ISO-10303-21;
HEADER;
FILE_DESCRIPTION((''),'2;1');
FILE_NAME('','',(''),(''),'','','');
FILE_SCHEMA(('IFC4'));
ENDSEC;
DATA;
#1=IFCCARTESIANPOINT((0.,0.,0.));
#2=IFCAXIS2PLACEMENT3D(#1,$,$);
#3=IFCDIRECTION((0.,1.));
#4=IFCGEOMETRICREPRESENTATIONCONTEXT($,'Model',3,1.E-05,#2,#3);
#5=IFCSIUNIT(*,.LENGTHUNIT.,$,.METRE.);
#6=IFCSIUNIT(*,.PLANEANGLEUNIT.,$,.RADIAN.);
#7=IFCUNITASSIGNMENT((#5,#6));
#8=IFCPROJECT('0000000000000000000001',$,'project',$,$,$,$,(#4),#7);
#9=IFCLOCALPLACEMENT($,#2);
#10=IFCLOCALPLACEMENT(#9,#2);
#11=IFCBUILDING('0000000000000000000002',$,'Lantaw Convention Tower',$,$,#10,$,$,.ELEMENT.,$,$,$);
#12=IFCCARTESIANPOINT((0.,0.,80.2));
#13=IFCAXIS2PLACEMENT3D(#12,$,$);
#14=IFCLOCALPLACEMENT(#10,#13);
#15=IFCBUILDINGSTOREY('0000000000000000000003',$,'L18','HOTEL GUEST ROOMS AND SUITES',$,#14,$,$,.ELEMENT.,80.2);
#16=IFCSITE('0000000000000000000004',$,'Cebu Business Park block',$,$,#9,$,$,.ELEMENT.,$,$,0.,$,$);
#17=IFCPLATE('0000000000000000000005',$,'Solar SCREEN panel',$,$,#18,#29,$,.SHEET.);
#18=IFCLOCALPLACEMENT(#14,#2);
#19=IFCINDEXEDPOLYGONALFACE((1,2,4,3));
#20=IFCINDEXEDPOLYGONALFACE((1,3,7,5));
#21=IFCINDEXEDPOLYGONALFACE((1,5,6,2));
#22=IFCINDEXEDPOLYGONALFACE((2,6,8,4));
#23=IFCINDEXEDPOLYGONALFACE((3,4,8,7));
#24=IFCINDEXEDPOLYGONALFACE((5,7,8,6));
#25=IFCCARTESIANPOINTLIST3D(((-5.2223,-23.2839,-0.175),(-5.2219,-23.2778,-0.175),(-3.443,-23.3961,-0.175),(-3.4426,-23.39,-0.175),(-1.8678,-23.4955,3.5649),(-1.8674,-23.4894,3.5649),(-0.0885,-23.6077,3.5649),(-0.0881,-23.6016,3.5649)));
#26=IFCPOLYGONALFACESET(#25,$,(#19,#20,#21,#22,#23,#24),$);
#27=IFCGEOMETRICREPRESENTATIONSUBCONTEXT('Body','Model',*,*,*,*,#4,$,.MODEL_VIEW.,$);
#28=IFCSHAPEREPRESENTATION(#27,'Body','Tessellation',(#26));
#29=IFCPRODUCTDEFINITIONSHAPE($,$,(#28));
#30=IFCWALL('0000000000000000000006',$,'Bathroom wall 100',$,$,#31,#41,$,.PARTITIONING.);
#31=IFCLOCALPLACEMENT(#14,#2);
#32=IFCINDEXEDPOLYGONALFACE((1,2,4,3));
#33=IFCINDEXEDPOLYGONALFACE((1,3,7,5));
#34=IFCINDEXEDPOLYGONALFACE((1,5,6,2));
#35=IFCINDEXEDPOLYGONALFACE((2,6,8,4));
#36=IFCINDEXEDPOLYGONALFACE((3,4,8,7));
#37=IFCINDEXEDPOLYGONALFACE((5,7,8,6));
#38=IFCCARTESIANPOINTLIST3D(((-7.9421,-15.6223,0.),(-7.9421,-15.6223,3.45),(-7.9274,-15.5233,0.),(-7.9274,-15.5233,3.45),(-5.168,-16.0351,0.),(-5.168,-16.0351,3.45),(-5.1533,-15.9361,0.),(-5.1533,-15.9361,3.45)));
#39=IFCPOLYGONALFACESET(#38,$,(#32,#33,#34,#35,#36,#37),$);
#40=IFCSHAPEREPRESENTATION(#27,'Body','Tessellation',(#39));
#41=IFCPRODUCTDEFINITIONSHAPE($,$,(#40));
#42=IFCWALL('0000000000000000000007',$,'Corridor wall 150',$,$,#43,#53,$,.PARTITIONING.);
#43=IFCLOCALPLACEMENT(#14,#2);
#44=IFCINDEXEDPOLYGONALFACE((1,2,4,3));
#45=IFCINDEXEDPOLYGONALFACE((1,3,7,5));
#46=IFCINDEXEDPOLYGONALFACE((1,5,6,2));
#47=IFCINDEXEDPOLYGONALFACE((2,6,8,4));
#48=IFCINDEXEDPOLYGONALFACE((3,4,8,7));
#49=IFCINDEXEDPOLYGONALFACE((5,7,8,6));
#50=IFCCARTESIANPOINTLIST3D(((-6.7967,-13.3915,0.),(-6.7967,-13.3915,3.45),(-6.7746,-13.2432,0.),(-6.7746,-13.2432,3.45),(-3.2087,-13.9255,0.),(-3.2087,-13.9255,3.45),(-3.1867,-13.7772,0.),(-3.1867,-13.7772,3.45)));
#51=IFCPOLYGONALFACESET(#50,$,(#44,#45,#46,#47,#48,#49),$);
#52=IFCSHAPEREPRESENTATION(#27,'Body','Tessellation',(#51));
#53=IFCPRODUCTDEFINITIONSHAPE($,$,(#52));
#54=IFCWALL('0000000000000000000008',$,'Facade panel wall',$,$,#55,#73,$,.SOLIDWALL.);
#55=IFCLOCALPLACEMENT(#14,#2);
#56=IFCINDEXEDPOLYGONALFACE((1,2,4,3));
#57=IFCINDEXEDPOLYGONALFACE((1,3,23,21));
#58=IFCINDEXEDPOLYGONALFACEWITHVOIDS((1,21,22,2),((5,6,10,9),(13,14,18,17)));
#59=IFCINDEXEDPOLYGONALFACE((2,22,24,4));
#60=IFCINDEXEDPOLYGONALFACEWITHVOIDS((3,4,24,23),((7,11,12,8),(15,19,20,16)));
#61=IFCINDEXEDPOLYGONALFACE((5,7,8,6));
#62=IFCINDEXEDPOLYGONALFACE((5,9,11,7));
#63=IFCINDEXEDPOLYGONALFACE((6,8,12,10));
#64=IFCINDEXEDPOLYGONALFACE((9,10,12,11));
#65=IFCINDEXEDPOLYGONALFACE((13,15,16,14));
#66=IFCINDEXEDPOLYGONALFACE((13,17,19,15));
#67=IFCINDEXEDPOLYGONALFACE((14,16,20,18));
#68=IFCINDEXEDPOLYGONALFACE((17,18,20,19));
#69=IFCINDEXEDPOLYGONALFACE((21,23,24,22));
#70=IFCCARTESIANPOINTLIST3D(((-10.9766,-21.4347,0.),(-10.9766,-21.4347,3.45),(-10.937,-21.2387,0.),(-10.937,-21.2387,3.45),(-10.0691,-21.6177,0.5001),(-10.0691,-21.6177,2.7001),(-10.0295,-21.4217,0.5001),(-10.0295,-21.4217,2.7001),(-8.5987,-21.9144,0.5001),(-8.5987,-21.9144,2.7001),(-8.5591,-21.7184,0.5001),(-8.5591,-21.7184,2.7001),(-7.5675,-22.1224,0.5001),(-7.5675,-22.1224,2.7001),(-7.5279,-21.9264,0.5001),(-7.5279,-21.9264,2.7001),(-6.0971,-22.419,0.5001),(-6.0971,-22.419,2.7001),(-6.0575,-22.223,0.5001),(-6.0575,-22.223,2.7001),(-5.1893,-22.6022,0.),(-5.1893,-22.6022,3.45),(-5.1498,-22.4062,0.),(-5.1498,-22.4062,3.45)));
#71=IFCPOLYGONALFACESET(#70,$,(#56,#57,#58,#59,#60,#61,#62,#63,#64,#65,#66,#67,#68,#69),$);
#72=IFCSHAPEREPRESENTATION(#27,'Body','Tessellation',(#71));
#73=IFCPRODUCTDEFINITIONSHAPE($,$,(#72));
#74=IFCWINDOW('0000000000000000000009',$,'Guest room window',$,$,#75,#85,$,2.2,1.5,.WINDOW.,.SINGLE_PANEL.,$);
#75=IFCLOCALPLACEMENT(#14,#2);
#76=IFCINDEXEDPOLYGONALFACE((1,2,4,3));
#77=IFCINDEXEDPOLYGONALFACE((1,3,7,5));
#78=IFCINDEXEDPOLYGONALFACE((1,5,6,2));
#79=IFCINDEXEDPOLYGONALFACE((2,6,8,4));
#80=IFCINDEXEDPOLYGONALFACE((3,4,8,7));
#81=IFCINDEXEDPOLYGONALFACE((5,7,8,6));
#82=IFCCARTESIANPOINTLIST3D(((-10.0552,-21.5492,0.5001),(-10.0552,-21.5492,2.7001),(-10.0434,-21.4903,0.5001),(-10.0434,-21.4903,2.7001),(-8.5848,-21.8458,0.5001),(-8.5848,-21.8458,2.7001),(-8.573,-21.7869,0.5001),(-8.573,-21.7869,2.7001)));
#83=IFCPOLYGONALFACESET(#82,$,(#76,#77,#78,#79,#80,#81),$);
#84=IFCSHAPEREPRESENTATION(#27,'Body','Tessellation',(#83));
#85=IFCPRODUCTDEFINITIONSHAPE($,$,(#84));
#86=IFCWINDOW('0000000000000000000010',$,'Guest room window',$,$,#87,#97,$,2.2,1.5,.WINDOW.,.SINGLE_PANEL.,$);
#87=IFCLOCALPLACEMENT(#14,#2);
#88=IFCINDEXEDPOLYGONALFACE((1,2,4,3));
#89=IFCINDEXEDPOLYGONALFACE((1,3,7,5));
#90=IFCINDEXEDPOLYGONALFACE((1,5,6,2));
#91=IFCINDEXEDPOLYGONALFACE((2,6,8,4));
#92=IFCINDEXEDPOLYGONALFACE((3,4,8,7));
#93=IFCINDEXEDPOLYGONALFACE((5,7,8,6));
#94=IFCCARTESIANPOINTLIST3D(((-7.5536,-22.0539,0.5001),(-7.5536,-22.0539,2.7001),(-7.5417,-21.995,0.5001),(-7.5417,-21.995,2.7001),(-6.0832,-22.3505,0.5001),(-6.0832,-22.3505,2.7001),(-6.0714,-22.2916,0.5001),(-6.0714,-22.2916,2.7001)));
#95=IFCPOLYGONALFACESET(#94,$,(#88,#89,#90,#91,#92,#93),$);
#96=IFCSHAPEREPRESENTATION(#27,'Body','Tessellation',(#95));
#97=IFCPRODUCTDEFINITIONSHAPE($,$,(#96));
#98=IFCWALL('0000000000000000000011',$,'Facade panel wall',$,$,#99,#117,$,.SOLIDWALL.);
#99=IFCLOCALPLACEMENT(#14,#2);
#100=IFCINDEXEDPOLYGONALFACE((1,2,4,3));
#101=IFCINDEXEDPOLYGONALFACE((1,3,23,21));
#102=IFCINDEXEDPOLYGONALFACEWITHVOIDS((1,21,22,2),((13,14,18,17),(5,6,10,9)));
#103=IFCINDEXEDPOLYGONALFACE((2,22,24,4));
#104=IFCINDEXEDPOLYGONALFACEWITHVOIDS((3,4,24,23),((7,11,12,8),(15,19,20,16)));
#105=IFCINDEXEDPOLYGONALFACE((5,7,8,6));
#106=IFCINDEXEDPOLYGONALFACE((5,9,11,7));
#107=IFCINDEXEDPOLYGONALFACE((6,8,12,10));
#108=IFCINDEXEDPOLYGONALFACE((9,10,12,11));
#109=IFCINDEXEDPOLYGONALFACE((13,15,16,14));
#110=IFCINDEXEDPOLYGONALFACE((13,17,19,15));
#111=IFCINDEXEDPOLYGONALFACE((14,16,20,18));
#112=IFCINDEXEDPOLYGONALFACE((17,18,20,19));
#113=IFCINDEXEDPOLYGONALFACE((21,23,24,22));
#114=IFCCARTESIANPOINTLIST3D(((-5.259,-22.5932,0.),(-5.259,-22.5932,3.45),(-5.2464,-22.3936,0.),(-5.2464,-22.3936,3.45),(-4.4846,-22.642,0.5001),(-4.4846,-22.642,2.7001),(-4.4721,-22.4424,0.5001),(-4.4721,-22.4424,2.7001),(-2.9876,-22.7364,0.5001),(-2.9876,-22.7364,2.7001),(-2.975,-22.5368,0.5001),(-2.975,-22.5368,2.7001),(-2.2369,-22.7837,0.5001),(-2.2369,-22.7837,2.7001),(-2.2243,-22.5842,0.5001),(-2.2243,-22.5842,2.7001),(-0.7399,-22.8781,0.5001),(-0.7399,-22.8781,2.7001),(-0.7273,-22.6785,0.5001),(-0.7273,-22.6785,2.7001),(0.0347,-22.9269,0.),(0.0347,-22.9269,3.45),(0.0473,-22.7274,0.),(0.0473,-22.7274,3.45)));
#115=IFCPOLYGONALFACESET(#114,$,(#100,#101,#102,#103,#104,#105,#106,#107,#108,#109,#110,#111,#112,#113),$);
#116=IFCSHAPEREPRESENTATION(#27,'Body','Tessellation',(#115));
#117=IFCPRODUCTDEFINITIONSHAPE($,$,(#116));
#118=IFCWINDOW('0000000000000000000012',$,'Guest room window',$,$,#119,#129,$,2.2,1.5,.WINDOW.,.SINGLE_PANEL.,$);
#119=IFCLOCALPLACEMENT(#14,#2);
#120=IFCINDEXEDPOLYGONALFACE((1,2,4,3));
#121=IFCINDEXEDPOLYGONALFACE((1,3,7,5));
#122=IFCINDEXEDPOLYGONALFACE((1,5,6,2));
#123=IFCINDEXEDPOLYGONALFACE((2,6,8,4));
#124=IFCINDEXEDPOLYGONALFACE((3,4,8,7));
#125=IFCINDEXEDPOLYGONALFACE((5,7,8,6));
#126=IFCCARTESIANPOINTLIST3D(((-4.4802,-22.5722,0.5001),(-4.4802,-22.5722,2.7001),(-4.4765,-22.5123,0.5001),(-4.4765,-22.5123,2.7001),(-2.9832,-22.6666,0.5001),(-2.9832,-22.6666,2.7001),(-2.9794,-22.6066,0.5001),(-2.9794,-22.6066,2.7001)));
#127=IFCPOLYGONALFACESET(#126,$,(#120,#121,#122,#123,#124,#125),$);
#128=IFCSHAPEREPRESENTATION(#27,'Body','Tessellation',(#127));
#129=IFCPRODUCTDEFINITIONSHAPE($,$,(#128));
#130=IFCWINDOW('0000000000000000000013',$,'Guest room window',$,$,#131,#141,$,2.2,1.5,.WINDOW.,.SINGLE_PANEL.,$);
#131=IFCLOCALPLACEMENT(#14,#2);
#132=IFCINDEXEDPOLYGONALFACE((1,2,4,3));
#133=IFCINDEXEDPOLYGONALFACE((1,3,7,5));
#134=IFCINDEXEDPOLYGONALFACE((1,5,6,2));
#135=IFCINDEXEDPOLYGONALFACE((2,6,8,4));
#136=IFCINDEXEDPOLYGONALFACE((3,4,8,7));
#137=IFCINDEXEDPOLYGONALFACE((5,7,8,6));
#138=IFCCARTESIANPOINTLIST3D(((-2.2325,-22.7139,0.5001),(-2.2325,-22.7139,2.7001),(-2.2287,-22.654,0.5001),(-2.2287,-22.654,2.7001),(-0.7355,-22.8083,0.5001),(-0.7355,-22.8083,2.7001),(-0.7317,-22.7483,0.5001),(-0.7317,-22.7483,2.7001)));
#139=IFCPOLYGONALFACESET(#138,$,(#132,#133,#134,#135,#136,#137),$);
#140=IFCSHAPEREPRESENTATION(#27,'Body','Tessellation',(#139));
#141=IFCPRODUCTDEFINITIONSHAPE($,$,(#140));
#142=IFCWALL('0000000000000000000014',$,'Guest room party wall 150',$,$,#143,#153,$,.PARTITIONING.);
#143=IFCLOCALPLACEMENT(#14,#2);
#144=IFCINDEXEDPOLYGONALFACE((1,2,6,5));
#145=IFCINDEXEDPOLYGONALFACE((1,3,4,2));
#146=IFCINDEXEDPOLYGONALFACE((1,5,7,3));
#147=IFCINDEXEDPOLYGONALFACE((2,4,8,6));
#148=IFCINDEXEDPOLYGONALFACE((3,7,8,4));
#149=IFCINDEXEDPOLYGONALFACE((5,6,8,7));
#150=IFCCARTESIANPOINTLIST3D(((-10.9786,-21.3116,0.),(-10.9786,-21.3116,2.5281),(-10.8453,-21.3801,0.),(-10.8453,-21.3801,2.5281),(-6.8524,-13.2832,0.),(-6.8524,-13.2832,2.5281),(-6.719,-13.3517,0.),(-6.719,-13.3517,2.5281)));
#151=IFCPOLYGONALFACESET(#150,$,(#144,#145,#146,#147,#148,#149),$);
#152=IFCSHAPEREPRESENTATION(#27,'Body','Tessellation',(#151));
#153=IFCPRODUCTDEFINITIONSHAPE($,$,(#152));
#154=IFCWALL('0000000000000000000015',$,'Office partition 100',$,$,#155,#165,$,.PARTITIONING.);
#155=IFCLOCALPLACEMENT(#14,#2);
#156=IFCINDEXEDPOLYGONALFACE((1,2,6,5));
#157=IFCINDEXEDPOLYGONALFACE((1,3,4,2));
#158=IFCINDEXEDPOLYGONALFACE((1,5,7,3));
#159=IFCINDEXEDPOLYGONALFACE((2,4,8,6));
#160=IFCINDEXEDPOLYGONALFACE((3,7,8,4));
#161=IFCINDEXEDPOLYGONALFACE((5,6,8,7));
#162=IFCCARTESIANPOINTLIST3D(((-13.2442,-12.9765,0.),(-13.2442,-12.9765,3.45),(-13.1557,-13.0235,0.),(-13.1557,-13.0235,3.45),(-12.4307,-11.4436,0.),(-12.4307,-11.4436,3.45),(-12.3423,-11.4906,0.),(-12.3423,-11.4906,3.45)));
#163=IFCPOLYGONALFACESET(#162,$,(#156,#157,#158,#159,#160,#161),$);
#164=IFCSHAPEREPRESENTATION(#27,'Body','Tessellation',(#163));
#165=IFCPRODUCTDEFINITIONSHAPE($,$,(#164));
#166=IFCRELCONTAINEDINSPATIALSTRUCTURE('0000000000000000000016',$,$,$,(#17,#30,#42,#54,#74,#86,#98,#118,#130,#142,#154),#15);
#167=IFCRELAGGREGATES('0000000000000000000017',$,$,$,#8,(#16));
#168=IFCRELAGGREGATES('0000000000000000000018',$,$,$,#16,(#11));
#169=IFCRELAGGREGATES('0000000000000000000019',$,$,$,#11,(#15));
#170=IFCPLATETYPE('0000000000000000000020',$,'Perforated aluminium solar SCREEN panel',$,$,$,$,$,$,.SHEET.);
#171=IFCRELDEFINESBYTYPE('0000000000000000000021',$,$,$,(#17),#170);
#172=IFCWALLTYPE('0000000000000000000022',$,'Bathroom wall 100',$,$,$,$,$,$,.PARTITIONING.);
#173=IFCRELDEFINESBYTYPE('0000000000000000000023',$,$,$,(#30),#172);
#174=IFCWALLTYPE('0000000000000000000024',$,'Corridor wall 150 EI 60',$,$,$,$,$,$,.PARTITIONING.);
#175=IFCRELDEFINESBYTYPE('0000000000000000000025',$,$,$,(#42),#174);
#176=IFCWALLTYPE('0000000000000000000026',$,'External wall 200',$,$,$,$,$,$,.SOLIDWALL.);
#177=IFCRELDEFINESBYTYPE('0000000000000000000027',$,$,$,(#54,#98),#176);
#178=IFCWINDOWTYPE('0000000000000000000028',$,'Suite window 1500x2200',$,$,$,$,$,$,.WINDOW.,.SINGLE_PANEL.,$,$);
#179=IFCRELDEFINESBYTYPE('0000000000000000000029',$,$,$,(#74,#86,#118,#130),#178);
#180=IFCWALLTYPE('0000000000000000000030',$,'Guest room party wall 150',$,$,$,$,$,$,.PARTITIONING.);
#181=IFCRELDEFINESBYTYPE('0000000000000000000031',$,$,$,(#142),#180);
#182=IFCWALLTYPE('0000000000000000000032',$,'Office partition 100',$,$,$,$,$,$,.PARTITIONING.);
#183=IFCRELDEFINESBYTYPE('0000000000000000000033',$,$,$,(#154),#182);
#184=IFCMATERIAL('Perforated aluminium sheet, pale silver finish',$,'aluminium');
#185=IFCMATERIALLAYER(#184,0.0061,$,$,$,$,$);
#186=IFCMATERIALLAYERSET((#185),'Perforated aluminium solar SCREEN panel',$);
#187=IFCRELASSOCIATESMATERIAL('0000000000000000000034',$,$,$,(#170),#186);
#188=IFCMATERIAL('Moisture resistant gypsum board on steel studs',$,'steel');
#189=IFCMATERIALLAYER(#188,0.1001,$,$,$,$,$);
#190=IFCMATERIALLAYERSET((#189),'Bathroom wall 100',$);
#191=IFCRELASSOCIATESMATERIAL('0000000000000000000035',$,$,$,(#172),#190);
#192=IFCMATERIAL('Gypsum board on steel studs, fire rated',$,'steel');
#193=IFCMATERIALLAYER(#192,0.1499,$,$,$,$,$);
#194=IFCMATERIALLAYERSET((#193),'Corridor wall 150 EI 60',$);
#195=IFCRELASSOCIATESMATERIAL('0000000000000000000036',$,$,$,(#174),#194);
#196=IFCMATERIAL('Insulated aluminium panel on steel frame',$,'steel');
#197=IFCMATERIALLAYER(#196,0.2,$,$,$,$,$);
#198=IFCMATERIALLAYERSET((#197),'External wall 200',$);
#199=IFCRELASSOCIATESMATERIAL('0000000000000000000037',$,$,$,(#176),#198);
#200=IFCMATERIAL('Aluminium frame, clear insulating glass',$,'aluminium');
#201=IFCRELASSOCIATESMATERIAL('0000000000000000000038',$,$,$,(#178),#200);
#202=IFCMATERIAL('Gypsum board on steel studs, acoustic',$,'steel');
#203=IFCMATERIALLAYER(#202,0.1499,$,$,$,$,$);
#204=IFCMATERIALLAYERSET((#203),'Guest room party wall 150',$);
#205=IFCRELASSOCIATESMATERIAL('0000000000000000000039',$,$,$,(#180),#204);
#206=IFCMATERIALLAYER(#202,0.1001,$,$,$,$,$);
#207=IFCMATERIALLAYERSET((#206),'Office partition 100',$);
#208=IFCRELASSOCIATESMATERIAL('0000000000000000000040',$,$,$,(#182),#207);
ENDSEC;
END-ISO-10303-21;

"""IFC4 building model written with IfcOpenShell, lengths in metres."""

from ifc_helpers import new_model, si_unit, direction, frame, frame_2d, origin, place, context, subcontext, project, spatial, polyline, rectangle, outline, extrude, material, layer, layer_set, type_object, element, fill, save


model = new_model("IFC4")

# Units and contexts
model_context = context("Model", 3, precision=1e-05, world=origin(), true_north=direction((0.0, 1.0)))
body_context = subcontext(model_context, "Body", "Model", "MODEL_VIEW")
ifc_project = project(units=[si_unit("LENGTHUNIT", "METRE"), si_unit("PLANEANGLEUNIT", "RADIAN")], contexts=[model_context])

# Site, building, storey
site_placement = place(None, origin())
site = spatial("IfcSite", under=ifc_project, at=site_placement, Name="Cebu Business Park block", CompositionType="ELEMENT", RefElevation=0.0)
building_placement = place(site_placement, origin())
building = spatial("IfcBuilding", under=site, at=building_placement, Name="Lantaw Convention Tower", CompositionType="ELEMENT")
storey_placement = place(building_placement, frame((0.0, 0.0, 80.2)))
storey = spatial("IfcBuildingStorey", under=building, at=storey_placement, Name="L18", Description="HOTEL GUEST ROOMS AND SUITES", CompositionType="ELEMENT", Elevation=80.2)

# Plate
ifc_material_1 = material(Name="Perforated aluminium sheet, pale silver finish", Category="aluminium")
ifc_layer_1 = layer(ifc_material_1, 0.0061)
ifc_layer_set_1 = layer_set([ifc_layer_1], Name="Perforated aluminium solar SCREEN panel")
plate_type = type_object("IfcPlateType", Name="Perforated aluminium solar SCREEN panel", PredefinedType="SHEET", material=ifc_layer_set_1)
plate_1_placement = place(storey_placement, frame((-5.2219, -23.2778, -0.175), z_axis=(0.062924, 0.998018, 0.000014), x_axis=(0.998018, -0.062924, 0.0)))
element("IfcPlate", 1, at=plate_1_placement, inside=storey, type_object=plate_type, Name="Solar SCREEN panel", PredefinedType="SHEET", context=body_context, shape_type="SweptSolid", body=[
    extrude(outline(polyline([(0.0, 0.0), (1.7828, 0.0), (5.144, -3.74), (3.3612, -3.74), (0.0, 0.0)])), origin(), (0.0, 0.0, -1.0), 0.0061),
])

# Walls
ifc_material_2 = material(Name="Moisture resistant gypsum board on steel studs", Category="steel")
ifc_layer_2 = layer(ifc_material_2, 0.1001)
ifc_layer_set_2 = layer_set([ifc_layer_2], Name="Bathroom wall 100")
wall_type_1 = type_object("IfcWallType", Name="Bathroom wall 100", PredefinedType="PARTITIONING", material=ifc_layer_set_2)
wall_1_placement = place(storey_placement, frame((-5.1606, -15.9856, 0.0), z_axis=(0.0, 0.0, 1.0), x_axis=(-0.989107, 0.147195, 0.0)))
element("IfcWall", 2, at=wall_1_placement, inside=storey, type_object=wall_type_1, Name="Bathroom wall 100", PredefinedType="PARTITIONING", context=body_context, shape_type="SweptSolid", body=[
    extrude(rectangle(XDim=2.8047, YDim=0.1001, at=frame_2d((1.4023, 0.0))), origin(), (0.0, 0.0, 1.0), 3.45),
])
ifc_material_3 = material(Name="Gypsum board on steel studs, fire rated", Category="steel")
ifc_layer_3 = layer(ifc_material_3, 0.1499)
ifc_layer_set_3 = layer_set([ifc_layer_3], Name="Corridor wall 150 EI 60")
wall_type_2 = type_object("IfcWallType", Name="Corridor wall 150 EI 60", PredefinedType="PARTITIONING", material=ifc_layer_set_3)
wall_2_placement = place(storey_placement, frame((-6.7856, -13.3174, 0.0), z_axis=(0.0, 0.0, 1.0), x_axis=(0.989107, -0.147195, 0.0)))
element("IfcWall", 3, at=wall_2_placement, inside=storey, type_object=wall_type_2, Name="Corridor wall 150", PredefinedType="PARTITIONING", context=body_context, shape_type="SweptSolid", body=[
    extrude(rectangle(XDim=3.6274, YDim=0.1499, at=frame_2d((1.8137, 0.0))), origin(), (0.0, 0.0, 1.0), 3.45),
])

# Walls, openings, windows
ifc_material_4 = material(Name="Insulated aluminium panel on steel frame", Category="steel")
ifc_layer_4 = layer(ifc_material_4, 0.2)
ifc_layer_set_4 = layer_set([ifc_layer_4], Name="External wall 200")
wall_type_3 = type_object("IfcWallType", Name="External wall 200", PredefinedType="SOLIDWALL", material=ifc_layer_set_4)
wall_3_placement = place(storey_placement, frame((-10.9568, -21.3367, 0.0), z_axis=(0.0, 0.0, 1.0), x_axis=(0.980252, -0.197754, 0.0)))
wall_3 = element("IfcWall", 4, at=wall_3_placement, inside=storey, type_object=wall_type_3, Name="Facade panel wall", PredefinedType="SOLIDWALL", context=body_context, shape_type="SweptSolid", body=[
    extrude(rectangle(XDim=5.9038, YDim=0.2, at=frame_2d((2.9519, 0.0))), origin(), (0.0, 0.0, 1.0), 3.45),
])
opening_1_placement = place(wall_3_placement, frame((0.9258, 0.0, 0.5)))
opening_1 = element("IfcOpeningElement", 5, at=opening_1_placement, cuts=wall_3, PredefinedType="OPENING", context=body_context, shape_type="SweptSolid", body=[
    extrude(rectangle(XDim=1.5, YDim=2.2, at=frame_2d((0.75, 1.1001))), frame((0.0, 0.1099, 0.0), z_axis=(0.0, -1.0, 0.0), x_axis=(1.0, 0.0, 0.0)), (0.0, 0.0, 1.0), 0.22),
])
opening_2_placement = place(wall_3_placement, frame((3.4778, 0.0, 0.5)))
opening_2 = element("IfcOpeningElement", 6, at=opening_2_placement, cuts=wall_3, PredefinedType="OPENING", context=body_context, shape_type="SweptSolid", body=[
    extrude(rectangle(XDim=1.5, YDim=2.2, at=frame_2d((0.75, 1.1001))), frame((0.0, 0.1099, 0.0), z_axis=(0.0, -1.0, 0.0), x_axis=(1.0, 0.0, 0.0)), (0.0, 0.0, 1.0), 0.22),
])
ifc_material_5 = material(Name="Aluminium frame, clear insulating glass", Category="aluminium")
window_type = type_object("IfcWindowType", Name="Suite window 1500x2200", PartitioningType="SINGLE_PANEL", PredefinedType="WINDOW", material=ifc_material_5)
window_1_placement = place(opening_1_placement, origin())
window_1 = element("IfcWindow", 7, at=window_1_placement, inside=storey, type_object=window_type, Name="Guest room window", OverallHeight=2.2, OverallWidth=1.5, PartitioningType="SINGLE_PANEL", PredefinedType="WINDOW", context=body_context, shape_type="SweptSolid", body=[
    extrude(rectangle(XDim=1.5, YDim=2.2, at=frame_2d((0.75, 1.1001))), frame((0.0, 0.03, 0.0), z_axis=(0.0, -1.0, 0.0), x_axis=(1.0, 0.0, 0.0)), (0.0, 0.0, 1.0), 0.0601),
])
fill(opening_1, window_1)
window_2_placement = place(opening_2_placement, origin())
window_2 = element("IfcWindow", 8, at=window_2_placement, inside=storey, type_object=window_type, Name="Guest room window", OverallHeight=2.2, OverallWidth=1.5, PartitioningType="SINGLE_PANEL", PredefinedType="WINDOW", context=body_context, shape_type="SweptSolid", body=[
    extrude(rectangle(XDim=1.5, YDim=2.2, at=frame_2d((0.75, 1.1001))), frame((0.0, 0.03, 0.0), z_axis=(0.0, -1.0, 0.0), x_axis=(1.0, 0.0, 0.0)), (0.0, 0.0, 1.0), 0.0601),
])
fill(opening_2, window_2)
wall_4_placement = place(storey_placement, frame((-5.2527, -22.4934, 0.0), z_axis=(0.0, 0.0, 1.0), x_axis=(0.998019, -0.06292, 0.0)))
wall_4 = element("IfcWall", 9, at=wall_4_placement, inside=storey, type_object=wall_type_3, Name="Facade panel wall", PredefinedType="SOLIDWALL", context=body_context, shape_type="SweptSolid", body=[
    extrude(rectangle(XDim=5.3042, YDim=0.2, at=frame_2d((2.6521, 0.0))), origin(), (0.0, 0.0, 1.0), 3.45),
])
opening_3_placement = place(wall_4_placement, frame((0.7759, 0.0, 0.5)))
opening_3 = element("IfcOpeningElement", 10, at=opening_3_placement, cuts=wall_4, PredefinedType="OPENING", context=body_context, shape_type="SweptSolid", body=[
    extrude(rectangle(XDim=1.5, YDim=2.2, at=frame_2d((0.75, 1.1001))), frame((0.0, 0.1099, 0.0), z_axis=(0.0, -1.0, 0.0), x_axis=(1.0, 0.0, 0.0)), (0.0, 0.0, 1.0), 0.22),
])
opening_4_placement = place(wall_4_placement, frame((3.0281, 0.0, 0.5)))
opening_4 = element("IfcOpeningElement", 11, at=opening_4_placement, cuts=wall_4, PredefinedType="OPENING", context=body_context, shape_type="SweptSolid", body=[
    extrude(rectangle(XDim=1.5, YDim=2.2, at=frame_2d((0.75, 1.1001))), frame((0.0, 0.1099, 0.0), z_axis=(0.0, -1.0, 0.0), x_axis=(1.0, 0.0, 0.0)), (0.0, 0.0, 1.0), 0.22),
])
window_3_placement = place(opening_3_placement, origin())
window_3 = element("IfcWindow", 12, at=window_3_placement, inside=storey, type_object=window_type, Name="Guest room window", OverallHeight=2.2, OverallWidth=1.5, PartitioningType="SINGLE_PANEL", PredefinedType="WINDOW", context=body_context, shape_type="SweptSolid", body=[
    extrude(rectangle(XDim=1.5, YDim=2.2, at=frame_2d((0.75, 1.1001))), frame((0.0, 0.03, 0.0), z_axis=(0.0, -1.0, 0.0), x_axis=(1.0, 0.0, 0.0)), (0.0, 0.0, 1.0), 0.0601),
])
fill(opening_3, window_3)
window_4_placement = place(opening_4_placement, origin())
window_4 = element("IfcWindow", 13, at=window_4_placement, inside=storey, type_object=window_type, Name="Guest room window", OverallHeight=2.2, OverallWidth=1.5, PartitioningType="SINGLE_PANEL", PredefinedType="WINDOW", context=body_context, shape_type="SweptSolid", body=[
    extrude(rectangle(XDim=1.5, YDim=2.2, at=frame_2d((0.75, 1.1001))), frame((0.0, 0.03, 0.0), z_axis=(0.0, -1.0, 0.0), x_axis=(1.0, 0.0, 0.0)), (0.0, 0.0, 1.0), 0.0601),
])
fill(opening_4, window_4)

# Walls
ifc_material_6 = material(Name="Gypsum board on steel studs, acoustic", Category="steel")
ifc_layer_5 = layer(ifc_material_6, 0.1499)
ifc_layer_set_5 = layer_set([ifc_layer_5], Name="Guest room party wall 150")
wall_type_4 = type_object("IfcWallType", Name="Guest room party wall 150", PredefinedType="PARTITIONING", material=ifc_layer_set_5)
wall_5_placement = place(storey_placement, frame((-10.9119, -21.3457, 0.0), z_axis=(0.0, 0.0, 1.0), x_axis=(0.457118, 0.889406, 0.0)))
element("IfcWall", 14, at=wall_5_placement, inside=storey, type_object=wall_type_4, Name="Guest room party wall 150", PredefinedType="PARTITIONING", context=body_context, shape_type="SweptSolid", body=[
    extrude(rectangle(XDim=9.0266, YDim=0.1499, at=frame_2d((4.5132, 0.0))), origin(), (0.0, 0.0, 1.0), 2.5281),
])
ifc_layer_6 = layer(ifc_material_6, 0.1001)
ifc_layer_set_6 = layer_set([ifc_layer_6], Name="Office partition 100")
wall_type_5 = type_object("IfcWallType", Name="Office partition 100", PredefinedType="PARTITIONING", material=ifc_layer_set_6)
wall_6_placement = place(storey_placement, frame((-13.2, -13.0, 0.0), z_axis=(0.0, 0.0, 1.0), x_axis=(0.468747, 0.883332, 0.0)))
element("IfcWall", 15, at=wall_6_placement, inside=storey, type_object=wall_type_5, Name="Office partition 100", PredefinedType="PARTITIONING", context=body_context, shape_type="SweptSolid", body=[
    extrude(rectangle(XDim=1.7354, YDim=0.1001, at=frame_2d((0.8677, 0.0))), origin(), (0.0, 0.0, 1.0), 3.45),
])

save(model, "model.ifc")
